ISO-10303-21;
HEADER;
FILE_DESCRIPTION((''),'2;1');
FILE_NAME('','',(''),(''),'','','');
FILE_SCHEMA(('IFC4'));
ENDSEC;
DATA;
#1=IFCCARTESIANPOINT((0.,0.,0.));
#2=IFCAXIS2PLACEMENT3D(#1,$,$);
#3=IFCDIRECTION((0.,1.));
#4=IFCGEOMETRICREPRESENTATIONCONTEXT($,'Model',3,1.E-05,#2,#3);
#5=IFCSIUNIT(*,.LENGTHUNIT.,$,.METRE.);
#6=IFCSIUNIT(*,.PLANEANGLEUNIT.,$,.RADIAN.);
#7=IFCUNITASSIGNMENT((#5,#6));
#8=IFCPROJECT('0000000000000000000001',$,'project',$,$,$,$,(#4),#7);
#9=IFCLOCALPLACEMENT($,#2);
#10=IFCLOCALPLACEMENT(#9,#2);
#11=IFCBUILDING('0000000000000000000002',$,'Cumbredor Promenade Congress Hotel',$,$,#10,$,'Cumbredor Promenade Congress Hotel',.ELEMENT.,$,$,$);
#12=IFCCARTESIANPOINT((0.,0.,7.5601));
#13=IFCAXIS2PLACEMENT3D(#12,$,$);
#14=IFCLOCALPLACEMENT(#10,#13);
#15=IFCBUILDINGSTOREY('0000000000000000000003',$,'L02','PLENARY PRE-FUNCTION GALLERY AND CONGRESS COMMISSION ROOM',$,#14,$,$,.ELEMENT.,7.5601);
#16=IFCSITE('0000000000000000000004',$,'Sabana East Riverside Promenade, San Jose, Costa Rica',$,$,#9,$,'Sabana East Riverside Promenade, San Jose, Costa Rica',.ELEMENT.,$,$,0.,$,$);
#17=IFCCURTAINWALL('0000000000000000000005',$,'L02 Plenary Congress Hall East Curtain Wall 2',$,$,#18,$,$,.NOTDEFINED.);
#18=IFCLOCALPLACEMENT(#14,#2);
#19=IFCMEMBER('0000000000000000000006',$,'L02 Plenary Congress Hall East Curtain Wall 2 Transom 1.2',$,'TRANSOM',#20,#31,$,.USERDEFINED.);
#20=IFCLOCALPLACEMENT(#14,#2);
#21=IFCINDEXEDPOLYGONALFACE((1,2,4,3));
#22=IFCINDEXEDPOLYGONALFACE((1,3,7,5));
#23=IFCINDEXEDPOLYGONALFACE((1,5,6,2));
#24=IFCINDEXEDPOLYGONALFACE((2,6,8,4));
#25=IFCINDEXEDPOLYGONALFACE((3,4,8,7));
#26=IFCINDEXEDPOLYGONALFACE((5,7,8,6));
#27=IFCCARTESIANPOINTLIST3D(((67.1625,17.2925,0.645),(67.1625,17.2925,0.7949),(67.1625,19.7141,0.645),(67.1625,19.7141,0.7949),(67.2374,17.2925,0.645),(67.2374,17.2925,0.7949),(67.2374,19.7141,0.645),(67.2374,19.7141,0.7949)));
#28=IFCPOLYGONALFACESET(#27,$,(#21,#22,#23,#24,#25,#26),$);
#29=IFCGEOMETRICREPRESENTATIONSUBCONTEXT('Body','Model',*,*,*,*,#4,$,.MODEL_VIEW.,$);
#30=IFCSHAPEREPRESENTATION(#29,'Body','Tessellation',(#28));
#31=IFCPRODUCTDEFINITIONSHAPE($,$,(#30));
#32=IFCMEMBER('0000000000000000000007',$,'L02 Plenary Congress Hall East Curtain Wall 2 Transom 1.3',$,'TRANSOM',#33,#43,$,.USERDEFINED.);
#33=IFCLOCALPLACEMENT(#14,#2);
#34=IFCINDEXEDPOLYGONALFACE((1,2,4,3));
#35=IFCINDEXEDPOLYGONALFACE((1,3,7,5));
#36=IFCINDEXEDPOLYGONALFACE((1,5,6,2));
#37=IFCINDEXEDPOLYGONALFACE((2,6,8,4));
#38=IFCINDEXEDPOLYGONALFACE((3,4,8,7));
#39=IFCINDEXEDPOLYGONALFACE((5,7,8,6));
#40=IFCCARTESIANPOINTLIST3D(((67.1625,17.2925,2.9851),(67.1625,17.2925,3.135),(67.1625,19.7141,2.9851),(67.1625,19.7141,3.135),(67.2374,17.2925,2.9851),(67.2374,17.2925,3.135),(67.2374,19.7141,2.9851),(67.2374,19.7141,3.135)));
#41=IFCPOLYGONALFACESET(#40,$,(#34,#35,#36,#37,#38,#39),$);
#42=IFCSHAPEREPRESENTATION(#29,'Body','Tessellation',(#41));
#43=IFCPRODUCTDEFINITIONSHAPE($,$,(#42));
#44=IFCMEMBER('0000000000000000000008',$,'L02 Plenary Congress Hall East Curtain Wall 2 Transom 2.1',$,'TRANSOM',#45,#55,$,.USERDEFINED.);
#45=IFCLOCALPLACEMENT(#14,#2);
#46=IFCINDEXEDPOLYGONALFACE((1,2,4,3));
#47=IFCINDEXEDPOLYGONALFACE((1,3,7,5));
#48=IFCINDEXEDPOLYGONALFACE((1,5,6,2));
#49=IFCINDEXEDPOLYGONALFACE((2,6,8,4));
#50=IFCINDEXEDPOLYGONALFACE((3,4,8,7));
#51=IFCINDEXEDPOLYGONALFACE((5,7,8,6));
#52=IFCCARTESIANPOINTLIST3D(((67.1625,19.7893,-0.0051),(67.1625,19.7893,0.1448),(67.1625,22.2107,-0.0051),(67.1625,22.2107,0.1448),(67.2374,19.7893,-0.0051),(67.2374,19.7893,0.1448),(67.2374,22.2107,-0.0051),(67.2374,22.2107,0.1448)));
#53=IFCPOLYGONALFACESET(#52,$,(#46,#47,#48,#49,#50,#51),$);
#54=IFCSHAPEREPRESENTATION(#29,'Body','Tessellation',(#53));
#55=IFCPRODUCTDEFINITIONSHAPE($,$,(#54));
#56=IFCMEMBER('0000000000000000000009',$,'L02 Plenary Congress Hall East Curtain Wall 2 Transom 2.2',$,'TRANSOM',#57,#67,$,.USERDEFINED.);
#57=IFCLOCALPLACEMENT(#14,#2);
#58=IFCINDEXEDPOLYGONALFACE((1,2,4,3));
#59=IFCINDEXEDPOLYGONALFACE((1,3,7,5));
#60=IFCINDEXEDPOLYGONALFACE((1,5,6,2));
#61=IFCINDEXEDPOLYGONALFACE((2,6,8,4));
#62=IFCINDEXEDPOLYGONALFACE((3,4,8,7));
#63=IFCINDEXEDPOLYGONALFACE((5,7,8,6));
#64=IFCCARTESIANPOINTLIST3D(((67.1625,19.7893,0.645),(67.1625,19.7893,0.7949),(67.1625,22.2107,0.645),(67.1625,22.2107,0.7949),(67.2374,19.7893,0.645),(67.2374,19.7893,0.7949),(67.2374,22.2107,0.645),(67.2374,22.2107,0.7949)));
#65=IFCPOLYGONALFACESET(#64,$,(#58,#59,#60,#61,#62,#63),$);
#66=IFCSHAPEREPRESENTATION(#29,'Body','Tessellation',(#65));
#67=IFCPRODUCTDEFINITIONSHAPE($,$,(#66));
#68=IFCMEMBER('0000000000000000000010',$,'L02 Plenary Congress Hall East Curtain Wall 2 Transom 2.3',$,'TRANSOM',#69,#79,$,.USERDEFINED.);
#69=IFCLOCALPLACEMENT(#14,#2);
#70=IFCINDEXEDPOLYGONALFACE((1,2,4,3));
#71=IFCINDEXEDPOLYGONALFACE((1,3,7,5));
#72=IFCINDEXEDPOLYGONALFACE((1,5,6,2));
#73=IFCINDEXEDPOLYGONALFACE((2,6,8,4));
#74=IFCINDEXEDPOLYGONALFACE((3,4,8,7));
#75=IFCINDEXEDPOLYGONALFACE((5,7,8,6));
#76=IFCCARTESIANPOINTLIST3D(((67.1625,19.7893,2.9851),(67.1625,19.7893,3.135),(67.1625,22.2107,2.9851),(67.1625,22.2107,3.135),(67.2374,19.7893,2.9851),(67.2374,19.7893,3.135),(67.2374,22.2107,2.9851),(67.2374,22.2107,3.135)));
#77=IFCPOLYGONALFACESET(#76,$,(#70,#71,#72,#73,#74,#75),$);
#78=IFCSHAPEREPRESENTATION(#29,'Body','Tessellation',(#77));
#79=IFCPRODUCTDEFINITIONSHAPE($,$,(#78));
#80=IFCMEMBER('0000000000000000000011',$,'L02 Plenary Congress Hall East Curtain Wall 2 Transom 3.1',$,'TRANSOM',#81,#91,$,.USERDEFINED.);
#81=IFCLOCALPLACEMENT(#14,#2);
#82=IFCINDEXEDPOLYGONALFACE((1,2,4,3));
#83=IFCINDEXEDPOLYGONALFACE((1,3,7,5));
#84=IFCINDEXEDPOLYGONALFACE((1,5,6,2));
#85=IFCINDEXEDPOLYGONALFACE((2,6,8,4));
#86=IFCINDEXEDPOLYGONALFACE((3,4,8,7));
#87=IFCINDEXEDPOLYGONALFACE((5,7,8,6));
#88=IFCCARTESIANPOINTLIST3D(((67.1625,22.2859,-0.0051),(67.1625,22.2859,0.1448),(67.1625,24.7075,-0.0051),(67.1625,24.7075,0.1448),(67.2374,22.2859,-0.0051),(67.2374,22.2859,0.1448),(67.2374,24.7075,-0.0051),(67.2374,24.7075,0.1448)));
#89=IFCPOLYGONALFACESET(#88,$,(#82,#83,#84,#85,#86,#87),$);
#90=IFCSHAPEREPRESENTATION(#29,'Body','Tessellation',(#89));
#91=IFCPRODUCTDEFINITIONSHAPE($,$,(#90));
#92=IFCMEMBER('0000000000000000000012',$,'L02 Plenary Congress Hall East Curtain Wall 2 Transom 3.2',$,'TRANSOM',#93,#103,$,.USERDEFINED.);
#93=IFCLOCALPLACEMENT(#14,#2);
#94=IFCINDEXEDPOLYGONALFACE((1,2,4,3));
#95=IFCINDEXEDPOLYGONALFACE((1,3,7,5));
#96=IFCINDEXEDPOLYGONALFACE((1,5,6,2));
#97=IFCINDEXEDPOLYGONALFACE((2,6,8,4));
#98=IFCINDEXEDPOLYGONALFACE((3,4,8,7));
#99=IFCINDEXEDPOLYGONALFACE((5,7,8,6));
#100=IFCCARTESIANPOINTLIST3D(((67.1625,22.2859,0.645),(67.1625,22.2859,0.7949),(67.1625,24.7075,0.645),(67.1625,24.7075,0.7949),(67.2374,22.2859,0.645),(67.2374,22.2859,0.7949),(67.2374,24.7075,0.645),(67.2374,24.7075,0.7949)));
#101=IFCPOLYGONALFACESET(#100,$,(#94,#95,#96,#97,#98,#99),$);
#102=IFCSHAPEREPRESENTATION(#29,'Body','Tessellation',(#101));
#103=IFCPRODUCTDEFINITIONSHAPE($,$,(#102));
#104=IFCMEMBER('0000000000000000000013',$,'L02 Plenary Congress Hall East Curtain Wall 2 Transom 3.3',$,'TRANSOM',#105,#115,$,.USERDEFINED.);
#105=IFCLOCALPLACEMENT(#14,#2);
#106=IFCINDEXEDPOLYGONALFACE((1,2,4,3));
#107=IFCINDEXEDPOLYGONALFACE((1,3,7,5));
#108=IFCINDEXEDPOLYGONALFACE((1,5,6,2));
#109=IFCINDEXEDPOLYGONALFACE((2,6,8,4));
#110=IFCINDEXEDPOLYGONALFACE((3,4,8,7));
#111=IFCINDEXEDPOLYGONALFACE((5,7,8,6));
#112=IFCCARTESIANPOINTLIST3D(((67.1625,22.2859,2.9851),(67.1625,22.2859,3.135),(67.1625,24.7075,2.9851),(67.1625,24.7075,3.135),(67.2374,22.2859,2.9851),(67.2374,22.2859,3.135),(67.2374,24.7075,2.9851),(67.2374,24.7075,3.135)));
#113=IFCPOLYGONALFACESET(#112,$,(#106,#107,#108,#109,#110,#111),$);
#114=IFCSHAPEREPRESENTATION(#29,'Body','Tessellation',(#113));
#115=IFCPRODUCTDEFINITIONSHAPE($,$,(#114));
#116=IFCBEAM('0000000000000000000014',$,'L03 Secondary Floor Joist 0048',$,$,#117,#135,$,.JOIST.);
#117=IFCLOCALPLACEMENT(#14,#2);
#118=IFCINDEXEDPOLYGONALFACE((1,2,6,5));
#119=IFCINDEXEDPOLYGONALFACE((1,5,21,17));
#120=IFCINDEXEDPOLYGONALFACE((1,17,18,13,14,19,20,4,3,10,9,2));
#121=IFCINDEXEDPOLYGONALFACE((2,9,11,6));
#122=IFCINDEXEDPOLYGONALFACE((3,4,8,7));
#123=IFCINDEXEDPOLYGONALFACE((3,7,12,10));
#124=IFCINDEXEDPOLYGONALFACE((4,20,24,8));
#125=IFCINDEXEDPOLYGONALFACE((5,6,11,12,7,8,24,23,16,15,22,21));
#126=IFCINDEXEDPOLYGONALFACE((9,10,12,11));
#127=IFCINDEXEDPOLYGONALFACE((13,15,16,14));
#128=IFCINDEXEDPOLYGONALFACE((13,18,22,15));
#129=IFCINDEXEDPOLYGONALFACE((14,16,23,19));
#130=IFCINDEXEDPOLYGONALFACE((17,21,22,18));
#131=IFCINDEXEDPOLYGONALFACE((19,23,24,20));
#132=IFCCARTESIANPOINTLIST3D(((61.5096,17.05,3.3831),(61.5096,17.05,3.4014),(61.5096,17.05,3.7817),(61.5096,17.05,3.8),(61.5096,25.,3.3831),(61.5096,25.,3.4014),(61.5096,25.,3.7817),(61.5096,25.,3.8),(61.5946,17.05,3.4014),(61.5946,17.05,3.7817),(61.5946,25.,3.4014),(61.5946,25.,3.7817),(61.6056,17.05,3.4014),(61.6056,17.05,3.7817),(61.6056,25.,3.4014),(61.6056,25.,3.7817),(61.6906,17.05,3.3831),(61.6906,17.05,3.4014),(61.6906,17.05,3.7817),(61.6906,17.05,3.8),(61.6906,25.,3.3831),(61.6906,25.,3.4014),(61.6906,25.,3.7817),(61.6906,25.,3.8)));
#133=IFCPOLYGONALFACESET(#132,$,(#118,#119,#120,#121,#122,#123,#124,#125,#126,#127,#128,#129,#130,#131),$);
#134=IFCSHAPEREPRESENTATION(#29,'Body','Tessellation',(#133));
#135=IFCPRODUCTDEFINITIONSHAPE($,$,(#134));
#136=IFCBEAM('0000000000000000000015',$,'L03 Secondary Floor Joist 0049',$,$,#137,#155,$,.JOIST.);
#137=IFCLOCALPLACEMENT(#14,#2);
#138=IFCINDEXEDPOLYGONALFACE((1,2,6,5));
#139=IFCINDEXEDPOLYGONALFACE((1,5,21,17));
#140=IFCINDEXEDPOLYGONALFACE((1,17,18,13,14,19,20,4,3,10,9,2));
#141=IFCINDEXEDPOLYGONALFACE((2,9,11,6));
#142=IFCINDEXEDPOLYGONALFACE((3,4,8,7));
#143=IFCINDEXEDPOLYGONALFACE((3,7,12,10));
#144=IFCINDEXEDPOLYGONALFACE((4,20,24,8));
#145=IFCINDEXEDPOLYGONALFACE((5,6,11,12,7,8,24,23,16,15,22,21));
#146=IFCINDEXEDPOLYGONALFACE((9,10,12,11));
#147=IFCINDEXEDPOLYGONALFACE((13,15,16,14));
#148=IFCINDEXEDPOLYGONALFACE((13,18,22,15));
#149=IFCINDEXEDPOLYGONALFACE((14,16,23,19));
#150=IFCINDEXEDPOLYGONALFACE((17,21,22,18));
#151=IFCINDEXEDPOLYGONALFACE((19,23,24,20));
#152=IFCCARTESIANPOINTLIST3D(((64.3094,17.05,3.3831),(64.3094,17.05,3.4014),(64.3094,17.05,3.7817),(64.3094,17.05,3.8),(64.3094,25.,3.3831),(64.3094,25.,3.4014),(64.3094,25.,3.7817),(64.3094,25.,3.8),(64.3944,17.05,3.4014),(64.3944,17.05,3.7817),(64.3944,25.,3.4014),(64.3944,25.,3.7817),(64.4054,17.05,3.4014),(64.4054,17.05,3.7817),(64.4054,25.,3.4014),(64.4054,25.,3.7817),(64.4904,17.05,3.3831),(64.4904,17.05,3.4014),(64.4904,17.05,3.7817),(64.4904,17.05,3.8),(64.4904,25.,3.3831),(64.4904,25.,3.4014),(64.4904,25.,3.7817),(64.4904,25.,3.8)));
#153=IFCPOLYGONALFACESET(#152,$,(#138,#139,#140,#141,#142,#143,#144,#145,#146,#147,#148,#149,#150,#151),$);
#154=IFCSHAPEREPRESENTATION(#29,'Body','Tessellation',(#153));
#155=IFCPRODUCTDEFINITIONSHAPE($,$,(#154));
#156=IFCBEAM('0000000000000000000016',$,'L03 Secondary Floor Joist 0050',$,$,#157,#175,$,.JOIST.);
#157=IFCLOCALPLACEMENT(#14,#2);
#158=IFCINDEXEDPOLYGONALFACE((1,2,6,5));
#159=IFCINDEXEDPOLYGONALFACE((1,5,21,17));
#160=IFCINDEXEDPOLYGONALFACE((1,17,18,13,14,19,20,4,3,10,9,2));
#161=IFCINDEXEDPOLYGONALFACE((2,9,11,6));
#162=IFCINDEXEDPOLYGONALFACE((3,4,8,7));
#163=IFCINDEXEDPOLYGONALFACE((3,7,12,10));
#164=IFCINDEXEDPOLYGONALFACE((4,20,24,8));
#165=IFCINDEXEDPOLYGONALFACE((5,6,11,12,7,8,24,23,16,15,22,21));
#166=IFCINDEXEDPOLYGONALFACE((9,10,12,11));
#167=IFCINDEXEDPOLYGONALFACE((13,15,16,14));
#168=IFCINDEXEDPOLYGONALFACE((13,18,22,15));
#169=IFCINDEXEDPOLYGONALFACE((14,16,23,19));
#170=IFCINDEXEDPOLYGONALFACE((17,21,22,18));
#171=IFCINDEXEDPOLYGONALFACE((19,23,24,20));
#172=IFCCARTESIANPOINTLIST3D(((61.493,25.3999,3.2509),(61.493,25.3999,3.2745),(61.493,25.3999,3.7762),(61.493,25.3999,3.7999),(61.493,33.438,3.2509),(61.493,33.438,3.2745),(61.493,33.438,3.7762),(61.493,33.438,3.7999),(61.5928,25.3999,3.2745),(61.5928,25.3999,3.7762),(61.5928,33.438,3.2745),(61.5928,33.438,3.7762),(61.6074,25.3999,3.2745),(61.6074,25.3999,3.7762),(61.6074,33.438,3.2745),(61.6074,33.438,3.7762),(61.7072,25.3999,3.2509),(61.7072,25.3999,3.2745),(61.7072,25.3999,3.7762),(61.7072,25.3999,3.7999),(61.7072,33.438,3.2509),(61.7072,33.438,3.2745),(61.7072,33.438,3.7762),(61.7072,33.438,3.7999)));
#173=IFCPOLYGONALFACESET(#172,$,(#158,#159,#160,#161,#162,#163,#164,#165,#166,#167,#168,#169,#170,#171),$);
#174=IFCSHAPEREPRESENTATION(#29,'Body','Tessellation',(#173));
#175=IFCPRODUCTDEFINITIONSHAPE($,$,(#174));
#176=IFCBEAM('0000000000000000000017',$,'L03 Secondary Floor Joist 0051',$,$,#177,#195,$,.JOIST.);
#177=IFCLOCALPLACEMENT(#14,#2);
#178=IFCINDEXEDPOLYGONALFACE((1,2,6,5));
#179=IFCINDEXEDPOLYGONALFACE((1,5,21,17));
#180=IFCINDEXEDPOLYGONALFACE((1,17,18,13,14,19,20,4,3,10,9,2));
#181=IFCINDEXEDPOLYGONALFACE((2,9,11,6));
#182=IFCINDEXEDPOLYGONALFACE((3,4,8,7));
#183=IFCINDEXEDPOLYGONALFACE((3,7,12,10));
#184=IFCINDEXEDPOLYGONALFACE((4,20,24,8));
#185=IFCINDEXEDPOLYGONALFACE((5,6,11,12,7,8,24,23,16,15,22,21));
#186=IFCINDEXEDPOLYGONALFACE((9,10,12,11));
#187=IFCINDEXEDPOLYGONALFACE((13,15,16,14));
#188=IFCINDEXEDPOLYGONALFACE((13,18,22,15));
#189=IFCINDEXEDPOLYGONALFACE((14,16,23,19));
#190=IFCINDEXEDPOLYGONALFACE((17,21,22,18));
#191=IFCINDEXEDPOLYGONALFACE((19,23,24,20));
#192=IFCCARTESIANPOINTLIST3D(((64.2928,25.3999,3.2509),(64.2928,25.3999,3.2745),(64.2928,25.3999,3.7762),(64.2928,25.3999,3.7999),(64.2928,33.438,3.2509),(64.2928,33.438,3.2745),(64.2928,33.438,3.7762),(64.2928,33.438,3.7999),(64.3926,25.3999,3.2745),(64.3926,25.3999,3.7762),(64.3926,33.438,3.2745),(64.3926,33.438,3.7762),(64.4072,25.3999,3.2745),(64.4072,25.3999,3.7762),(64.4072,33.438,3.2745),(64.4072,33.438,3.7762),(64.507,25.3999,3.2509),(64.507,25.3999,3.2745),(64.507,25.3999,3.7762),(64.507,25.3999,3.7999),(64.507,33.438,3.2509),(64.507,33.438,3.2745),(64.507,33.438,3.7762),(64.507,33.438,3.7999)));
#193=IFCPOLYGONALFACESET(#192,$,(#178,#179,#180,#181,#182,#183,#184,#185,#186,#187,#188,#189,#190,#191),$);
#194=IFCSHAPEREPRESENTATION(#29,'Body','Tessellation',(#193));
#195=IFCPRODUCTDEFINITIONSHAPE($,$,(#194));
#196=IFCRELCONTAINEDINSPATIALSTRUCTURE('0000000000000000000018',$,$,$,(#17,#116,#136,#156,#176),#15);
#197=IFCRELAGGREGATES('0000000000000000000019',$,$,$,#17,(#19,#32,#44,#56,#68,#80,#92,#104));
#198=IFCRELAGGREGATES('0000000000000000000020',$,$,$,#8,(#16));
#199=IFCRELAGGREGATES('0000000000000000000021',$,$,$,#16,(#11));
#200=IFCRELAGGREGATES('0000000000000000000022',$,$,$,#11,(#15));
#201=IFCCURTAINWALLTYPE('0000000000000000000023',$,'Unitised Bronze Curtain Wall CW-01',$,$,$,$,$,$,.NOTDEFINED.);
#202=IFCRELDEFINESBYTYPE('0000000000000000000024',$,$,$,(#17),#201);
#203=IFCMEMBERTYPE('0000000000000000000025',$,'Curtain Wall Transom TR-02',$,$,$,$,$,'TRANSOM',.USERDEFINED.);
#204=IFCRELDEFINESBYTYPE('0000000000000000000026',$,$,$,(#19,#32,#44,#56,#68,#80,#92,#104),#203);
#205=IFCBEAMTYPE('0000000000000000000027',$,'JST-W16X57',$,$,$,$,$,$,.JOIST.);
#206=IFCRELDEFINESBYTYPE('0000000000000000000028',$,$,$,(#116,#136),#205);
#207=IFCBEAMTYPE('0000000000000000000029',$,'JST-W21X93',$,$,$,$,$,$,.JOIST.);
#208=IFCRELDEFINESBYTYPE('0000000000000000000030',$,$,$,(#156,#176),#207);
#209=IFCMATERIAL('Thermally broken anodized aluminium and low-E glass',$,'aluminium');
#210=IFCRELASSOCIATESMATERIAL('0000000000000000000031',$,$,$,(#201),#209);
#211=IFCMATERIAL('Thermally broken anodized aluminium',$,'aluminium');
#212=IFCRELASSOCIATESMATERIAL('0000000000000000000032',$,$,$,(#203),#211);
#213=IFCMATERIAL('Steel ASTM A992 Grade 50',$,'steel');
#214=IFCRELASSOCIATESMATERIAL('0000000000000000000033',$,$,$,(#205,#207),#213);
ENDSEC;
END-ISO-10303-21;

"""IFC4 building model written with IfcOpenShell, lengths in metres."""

from ifc_helpers import new_model, si_unit, direction, frame, origin, origin_2d, place, context, subcontext, project, spatial, rectangle, i_section, extrude, material, material_profile, profile_set, type_object, element, aggregate, save


model = new_model("IFC4")

# Units and contexts
model_context = context("Model", 3, precision=1e-05, world=origin(), true_north=direction((0.0, 1.0)))
body_context = subcontext(model_context, "Body", "Model", "MODEL_VIEW")
ifc_project = project(units=[si_unit("LENGTHUNIT", "METRE"), si_unit("PLANEANGLEUNIT", "RADIAN")], contexts=[model_context])

# Site, building, storey
site_placement = place(None, origin())
site = spatial("IfcSite", under=ifc_project, at=site_placement, Name="Sabana East Riverside Promenade, San Jose, Costa Rica", LongName="Sabana East Riverside Promenade, San Jose, Costa Rica", CompositionType="ELEMENT", RefElevation=0.0)
building_placement = place(site_placement, origin())
building = spatial("IfcBuilding", under=site, at=building_placement, Name="Cumbredor Promenade Congress Hotel", LongName="Cumbredor Promenade Congress Hotel", CompositionType="ELEMENT")
storey_placement = place(building_placement, frame((0.0, 0.0, 7.5601)))
storey = spatial("IfcBuildingStorey", under=building, at=storey_placement, Name="L02", Description="PLENARY PRE-FUNCTION GALLERY AND CONGRESS COMMISSION ROOM", CompositionType="ELEMENT", Elevation=7.5601)

# Curtain wall, members
ifc_material_1 = material(Name="Thermally broken anodized aluminium and low-E glass", Category="aluminium")
curtain_wall_type = type_object("IfcCurtainWallType", Name="Unitised Bronze Curtain Wall CW-01", PredefinedType="NOTDEFINED", material=ifc_material_1)
curtain_wall_placement = place(storey_placement, origin())
curtain_wall = element("IfcCurtainWall", 1, at=curtain_wall_placement, inside=storey, type_object=curtain_wall_type, Name="L02 Plenary Congress Hall East Curtain Wall 2", PredefinedType="NOTDEFINED")
ifc_material_2 = material(Name="Thermally broken anodized aluminium", Category="aluminium")
ifc_material_profile_1 = material_profile(ifc_material_2, rectangle(XDim=0.075, YDim=0.1499, at=origin_2d()), Name="ALU TRANSOM 75x150")
ifc_profile_set_1 = profile_set([ifc_material_profile_1], Name="Thermally broken anodized aluminium")
member_type_1 = type_object("IfcMemberType", Name="Curtain Wall Transom TR-02", ElementType="TRANSOM", PredefinedType="USERDEFINED", material=ifc_profile_set_1)
member_1_placement = place(storey_placement, frame((67.2, 17.2925, 0.72), z_axis=(0.0, 1.0, 0.0), x_axis=(-1.0, 0.0, 0.0)))
member_1 = element("IfcMember", 2, at=member_1_placement, type_object=member_type_1, Name="L02 Plenary Congress Hall East Curtain Wall 2 Transom 1.2", ObjectType="TRANSOM", PredefinedType="USERDEFINED", context=body_context, shape_type="SweptSolid", body=[
    extrude(rectangle(XDim=0.075, YDim=0.1499, at=origin_2d()), origin(), (0.0, 0.0, 1.0), 2.4216),
])
member_2_placement = place(storey_placement, frame((67.2, 17.2925, 3.0601), z_axis=(0.0, 1.0, 0.0), x_axis=(-1.0, 0.0, 0.0)))
member_2 = element("IfcMember", 3, at=member_2_placement, type_object=member_type_1, Name="L02 Plenary Congress Hall East Curtain Wall 2 Transom 1.3", ObjectType="TRANSOM", PredefinedType="USERDEFINED", context=body_context, shape_type="SweptSolid", body=[
    extrude(rectangle(XDim=0.075, YDim=0.1499, at=origin_2d()), origin(), (0.0, 0.0, 1.0), 2.4216),
])
member_3_placement = place(storey_placement, frame((67.2, 19.7893, 0.0698), z_axis=(0.0, 1.0, 0.0), x_axis=(-1.0, 0.0, 0.0)))
member_3 = element("IfcMember", 4, at=member_3_placement, type_object=member_type_1, Name="L02 Plenary Congress Hall East Curtain Wall 2 Transom 2.1", ObjectType="TRANSOM", PredefinedType="USERDEFINED", context=body_context, shape_type="SweptSolid", body=[
    extrude(rectangle(XDim=0.075, YDim=0.1499, at=origin_2d()), origin(), (0.0, 0.0, 1.0), 2.4214),
])
member_4_placement = place(storey_placement, frame((67.2, 19.7893, 0.72), z_axis=(0.0, 1.0, 0.0), x_axis=(-1.0, 0.0, 0.0)))
member_4 = element("IfcMember", 5, at=member_4_placement, type_object=member_type_1, Name="L02 Plenary Congress Hall East Curtain Wall 2 Transom 2.2", ObjectType="TRANSOM", PredefinedType="USERDEFINED", context=body_context, shape_type="SweptSolid", body=[
    extrude(rectangle(XDim=0.075, YDim=0.1499, at=origin_2d()), origin(), (0.0, 0.0, 1.0), 2.4214),
])
member_5_placement = place(storey_placement, frame((67.2, 19.7893, 3.0601), z_axis=(0.0, 1.0, 0.0), x_axis=(-1.0, 0.0, 0.0)))
member_5 = element("IfcMember", 6, at=member_5_placement, type_object=member_type_1, Name="L02 Plenary Congress Hall East Curtain Wall 2 Transom 2.3", ObjectType="TRANSOM", PredefinedType="USERDEFINED", context=body_context, shape_type="SweptSolid", body=[
    extrude(rectangle(XDim=0.075, YDim=0.1499, at=origin_2d()), origin(), (0.0, 0.0, 1.0), 2.4214),
])
member_6_placement = place(storey_placement, frame((67.2, 22.2859, 0.0698), z_axis=(0.0, 1.0, 0.0), x_axis=(-1.0, 0.0, 0.0)))
member_6 = element("IfcMember", 7, at=member_6_placement, type_object=member_type_1, Name="L02 Plenary Congress Hall East Curtain Wall 2 Transom 3.1", ObjectType="TRANSOM", PredefinedType="USERDEFINED", context=body_context, shape_type="SweptSolid", body=[
    extrude(rectangle(XDim=0.075, YDim=0.1499, at=origin_2d()), origin(), (0.0, 0.0, 1.0), 2.4216),
])
member_7_placement = place(storey_placement, frame((67.2, 22.2859, 0.72), z_axis=(0.0, 1.0, 0.0), x_axis=(-1.0, 0.0, 0.0)))
member_7 = element("IfcMember", 8, at=member_7_placement, type_object=member_type_1, Name="L02 Plenary Congress Hall East Curtain Wall 2 Transom 3.2", ObjectType="TRANSOM", PredefinedType="USERDEFINED", context=body_context, shape_type="SweptSolid", body=[
    extrude(rectangle(XDim=0.075, YDim=0.1499, at=origin_2d()), origin(), (0.0, 0.0, 1.0), 2.4216),
])
member_8_placement = place(storey_placement, frame((67.2, 22.2859, 3.0601), z_axis=(0.0, 1.0, 0.0), x_axis=(-1.0, 0.0, 0.0)))
member_8 = element("IfcMember", 9, at=member_8_placement, type_object=member_type_1, Name="L02 Plenary Congress Hall East Curtain Wall 2 Transom 3.3", ObjectType="TRANSOM", PredefinedType="USERDEFINED", context=body_context, shape_type="SweptSolid", body=[
    extrude(rectangle(XDim=0.075, YDim=0.1499, at=origin_2d()), origin(), (0.0, 0.0, 1.0), 2.4216),
])

# Beams
ifc_material_3 = material(Name="Steel ASTM A992 Grade 50", Category="steel")
ifc_material_profile_2 = material_profile(ifc_material_3, i_section(OverallWidth=0.1809, OverallDepth=0.417, WebThickness=0.011, FlangeThickness=0.0183, at=origin_2d()), Name="W16X57")
ifc_profile_set_2 = profile_set([ifc_material_profile_2], Name="Steel ASTM A992 Grade 50")
beam_type_1 = type_object("IfcBeamType", Name="JST-W16X57", PredefinedType="JOIST", material=ifc_profile_set_2)
for number, where, z_axis, x_axis, name in (
    (10, (61.6001, 17.05, 3.5916), (0.0, 1.0, 0.0), (-1.0, 0.0, 0.0), "L03 Secondary Floor Joist 0048"),
    (11, (64.3999, 17.05, 3.5916), (0.0, 1.0, 0.0), (-1.0, 0.0, 0.0), "L03 Secondary Floor Joist 0049"),
):
    element("IfcBeam", number, at=place(storey_placement, frame(where, z_axis=z_axis, x_axis=x_axis)), inside=storey, type_object=beam_type_1, Name=name, PredefinedType="JOIST", context=body_context, shape_type="SweptSolid", body=[
        extrude(i_section(OverallWidth=0.1809, OverallDepth=0.417, WebThickness=0.011, FlangeThickness=0.0183, at=origin_2d()), origin(), (0.0, 0.0, 1.0), 7.95),
    ])
ifc_material_profile_3 = material_profile(ifc_material_3, i_section(OverallWidth=0.2141, OverallDepth=0.5491, WebThickness=0.0146, FlangeThickness=0.0237, at=origin_2d()), Name="W21X93")
ifc_profile_set_3 = profile_set([ifc_material_profile_3], Name="Steel ASTM A992 Grade 50")
beam_type_2 = type_object("IfcBeamType", Name="JST-W21X93", PredefinedType="JOIST", material=ifc_profile_set_3)
for number, where, z_axis, x_axis, name in (
    (12, (61.6001, 25.3999, 3.5254), (0.0, 1.0, 0.0), (-1.0, 0.0, 0.0), "L03 Secondary Floor Joist 0050"),
    (13, (64.3999, 25.3999, 3.5254), (0.0, 1.0, 0.0), (-1.0, 0.0, 0.0), "L03 Secondary Floor Joist 0051"),
):
    element("IfcBeam", number, at=place(storey_placement, frame(where, z_axis=z_axis, x_axis=x_axis)), inside=storey, type_object=beam_type_2, Name=name, PredefinedType="JOIST", context=body_context, shape_type="SweptSolid", body=[
        extrude(i_section(OverallWidth=0.2141, OverallDepth=0.5491, WebThickness=0.0146, FlangeThickness=0.0237, at=origin_2d()), origin(), (0.0, 0.0, 1.0), 8.0381),
    ])

aggregate(curtain_wall, [member_1, member_2, member_3, member_4, member_5, member_6, member_7, member_8])

save(model, "model.ifc")
